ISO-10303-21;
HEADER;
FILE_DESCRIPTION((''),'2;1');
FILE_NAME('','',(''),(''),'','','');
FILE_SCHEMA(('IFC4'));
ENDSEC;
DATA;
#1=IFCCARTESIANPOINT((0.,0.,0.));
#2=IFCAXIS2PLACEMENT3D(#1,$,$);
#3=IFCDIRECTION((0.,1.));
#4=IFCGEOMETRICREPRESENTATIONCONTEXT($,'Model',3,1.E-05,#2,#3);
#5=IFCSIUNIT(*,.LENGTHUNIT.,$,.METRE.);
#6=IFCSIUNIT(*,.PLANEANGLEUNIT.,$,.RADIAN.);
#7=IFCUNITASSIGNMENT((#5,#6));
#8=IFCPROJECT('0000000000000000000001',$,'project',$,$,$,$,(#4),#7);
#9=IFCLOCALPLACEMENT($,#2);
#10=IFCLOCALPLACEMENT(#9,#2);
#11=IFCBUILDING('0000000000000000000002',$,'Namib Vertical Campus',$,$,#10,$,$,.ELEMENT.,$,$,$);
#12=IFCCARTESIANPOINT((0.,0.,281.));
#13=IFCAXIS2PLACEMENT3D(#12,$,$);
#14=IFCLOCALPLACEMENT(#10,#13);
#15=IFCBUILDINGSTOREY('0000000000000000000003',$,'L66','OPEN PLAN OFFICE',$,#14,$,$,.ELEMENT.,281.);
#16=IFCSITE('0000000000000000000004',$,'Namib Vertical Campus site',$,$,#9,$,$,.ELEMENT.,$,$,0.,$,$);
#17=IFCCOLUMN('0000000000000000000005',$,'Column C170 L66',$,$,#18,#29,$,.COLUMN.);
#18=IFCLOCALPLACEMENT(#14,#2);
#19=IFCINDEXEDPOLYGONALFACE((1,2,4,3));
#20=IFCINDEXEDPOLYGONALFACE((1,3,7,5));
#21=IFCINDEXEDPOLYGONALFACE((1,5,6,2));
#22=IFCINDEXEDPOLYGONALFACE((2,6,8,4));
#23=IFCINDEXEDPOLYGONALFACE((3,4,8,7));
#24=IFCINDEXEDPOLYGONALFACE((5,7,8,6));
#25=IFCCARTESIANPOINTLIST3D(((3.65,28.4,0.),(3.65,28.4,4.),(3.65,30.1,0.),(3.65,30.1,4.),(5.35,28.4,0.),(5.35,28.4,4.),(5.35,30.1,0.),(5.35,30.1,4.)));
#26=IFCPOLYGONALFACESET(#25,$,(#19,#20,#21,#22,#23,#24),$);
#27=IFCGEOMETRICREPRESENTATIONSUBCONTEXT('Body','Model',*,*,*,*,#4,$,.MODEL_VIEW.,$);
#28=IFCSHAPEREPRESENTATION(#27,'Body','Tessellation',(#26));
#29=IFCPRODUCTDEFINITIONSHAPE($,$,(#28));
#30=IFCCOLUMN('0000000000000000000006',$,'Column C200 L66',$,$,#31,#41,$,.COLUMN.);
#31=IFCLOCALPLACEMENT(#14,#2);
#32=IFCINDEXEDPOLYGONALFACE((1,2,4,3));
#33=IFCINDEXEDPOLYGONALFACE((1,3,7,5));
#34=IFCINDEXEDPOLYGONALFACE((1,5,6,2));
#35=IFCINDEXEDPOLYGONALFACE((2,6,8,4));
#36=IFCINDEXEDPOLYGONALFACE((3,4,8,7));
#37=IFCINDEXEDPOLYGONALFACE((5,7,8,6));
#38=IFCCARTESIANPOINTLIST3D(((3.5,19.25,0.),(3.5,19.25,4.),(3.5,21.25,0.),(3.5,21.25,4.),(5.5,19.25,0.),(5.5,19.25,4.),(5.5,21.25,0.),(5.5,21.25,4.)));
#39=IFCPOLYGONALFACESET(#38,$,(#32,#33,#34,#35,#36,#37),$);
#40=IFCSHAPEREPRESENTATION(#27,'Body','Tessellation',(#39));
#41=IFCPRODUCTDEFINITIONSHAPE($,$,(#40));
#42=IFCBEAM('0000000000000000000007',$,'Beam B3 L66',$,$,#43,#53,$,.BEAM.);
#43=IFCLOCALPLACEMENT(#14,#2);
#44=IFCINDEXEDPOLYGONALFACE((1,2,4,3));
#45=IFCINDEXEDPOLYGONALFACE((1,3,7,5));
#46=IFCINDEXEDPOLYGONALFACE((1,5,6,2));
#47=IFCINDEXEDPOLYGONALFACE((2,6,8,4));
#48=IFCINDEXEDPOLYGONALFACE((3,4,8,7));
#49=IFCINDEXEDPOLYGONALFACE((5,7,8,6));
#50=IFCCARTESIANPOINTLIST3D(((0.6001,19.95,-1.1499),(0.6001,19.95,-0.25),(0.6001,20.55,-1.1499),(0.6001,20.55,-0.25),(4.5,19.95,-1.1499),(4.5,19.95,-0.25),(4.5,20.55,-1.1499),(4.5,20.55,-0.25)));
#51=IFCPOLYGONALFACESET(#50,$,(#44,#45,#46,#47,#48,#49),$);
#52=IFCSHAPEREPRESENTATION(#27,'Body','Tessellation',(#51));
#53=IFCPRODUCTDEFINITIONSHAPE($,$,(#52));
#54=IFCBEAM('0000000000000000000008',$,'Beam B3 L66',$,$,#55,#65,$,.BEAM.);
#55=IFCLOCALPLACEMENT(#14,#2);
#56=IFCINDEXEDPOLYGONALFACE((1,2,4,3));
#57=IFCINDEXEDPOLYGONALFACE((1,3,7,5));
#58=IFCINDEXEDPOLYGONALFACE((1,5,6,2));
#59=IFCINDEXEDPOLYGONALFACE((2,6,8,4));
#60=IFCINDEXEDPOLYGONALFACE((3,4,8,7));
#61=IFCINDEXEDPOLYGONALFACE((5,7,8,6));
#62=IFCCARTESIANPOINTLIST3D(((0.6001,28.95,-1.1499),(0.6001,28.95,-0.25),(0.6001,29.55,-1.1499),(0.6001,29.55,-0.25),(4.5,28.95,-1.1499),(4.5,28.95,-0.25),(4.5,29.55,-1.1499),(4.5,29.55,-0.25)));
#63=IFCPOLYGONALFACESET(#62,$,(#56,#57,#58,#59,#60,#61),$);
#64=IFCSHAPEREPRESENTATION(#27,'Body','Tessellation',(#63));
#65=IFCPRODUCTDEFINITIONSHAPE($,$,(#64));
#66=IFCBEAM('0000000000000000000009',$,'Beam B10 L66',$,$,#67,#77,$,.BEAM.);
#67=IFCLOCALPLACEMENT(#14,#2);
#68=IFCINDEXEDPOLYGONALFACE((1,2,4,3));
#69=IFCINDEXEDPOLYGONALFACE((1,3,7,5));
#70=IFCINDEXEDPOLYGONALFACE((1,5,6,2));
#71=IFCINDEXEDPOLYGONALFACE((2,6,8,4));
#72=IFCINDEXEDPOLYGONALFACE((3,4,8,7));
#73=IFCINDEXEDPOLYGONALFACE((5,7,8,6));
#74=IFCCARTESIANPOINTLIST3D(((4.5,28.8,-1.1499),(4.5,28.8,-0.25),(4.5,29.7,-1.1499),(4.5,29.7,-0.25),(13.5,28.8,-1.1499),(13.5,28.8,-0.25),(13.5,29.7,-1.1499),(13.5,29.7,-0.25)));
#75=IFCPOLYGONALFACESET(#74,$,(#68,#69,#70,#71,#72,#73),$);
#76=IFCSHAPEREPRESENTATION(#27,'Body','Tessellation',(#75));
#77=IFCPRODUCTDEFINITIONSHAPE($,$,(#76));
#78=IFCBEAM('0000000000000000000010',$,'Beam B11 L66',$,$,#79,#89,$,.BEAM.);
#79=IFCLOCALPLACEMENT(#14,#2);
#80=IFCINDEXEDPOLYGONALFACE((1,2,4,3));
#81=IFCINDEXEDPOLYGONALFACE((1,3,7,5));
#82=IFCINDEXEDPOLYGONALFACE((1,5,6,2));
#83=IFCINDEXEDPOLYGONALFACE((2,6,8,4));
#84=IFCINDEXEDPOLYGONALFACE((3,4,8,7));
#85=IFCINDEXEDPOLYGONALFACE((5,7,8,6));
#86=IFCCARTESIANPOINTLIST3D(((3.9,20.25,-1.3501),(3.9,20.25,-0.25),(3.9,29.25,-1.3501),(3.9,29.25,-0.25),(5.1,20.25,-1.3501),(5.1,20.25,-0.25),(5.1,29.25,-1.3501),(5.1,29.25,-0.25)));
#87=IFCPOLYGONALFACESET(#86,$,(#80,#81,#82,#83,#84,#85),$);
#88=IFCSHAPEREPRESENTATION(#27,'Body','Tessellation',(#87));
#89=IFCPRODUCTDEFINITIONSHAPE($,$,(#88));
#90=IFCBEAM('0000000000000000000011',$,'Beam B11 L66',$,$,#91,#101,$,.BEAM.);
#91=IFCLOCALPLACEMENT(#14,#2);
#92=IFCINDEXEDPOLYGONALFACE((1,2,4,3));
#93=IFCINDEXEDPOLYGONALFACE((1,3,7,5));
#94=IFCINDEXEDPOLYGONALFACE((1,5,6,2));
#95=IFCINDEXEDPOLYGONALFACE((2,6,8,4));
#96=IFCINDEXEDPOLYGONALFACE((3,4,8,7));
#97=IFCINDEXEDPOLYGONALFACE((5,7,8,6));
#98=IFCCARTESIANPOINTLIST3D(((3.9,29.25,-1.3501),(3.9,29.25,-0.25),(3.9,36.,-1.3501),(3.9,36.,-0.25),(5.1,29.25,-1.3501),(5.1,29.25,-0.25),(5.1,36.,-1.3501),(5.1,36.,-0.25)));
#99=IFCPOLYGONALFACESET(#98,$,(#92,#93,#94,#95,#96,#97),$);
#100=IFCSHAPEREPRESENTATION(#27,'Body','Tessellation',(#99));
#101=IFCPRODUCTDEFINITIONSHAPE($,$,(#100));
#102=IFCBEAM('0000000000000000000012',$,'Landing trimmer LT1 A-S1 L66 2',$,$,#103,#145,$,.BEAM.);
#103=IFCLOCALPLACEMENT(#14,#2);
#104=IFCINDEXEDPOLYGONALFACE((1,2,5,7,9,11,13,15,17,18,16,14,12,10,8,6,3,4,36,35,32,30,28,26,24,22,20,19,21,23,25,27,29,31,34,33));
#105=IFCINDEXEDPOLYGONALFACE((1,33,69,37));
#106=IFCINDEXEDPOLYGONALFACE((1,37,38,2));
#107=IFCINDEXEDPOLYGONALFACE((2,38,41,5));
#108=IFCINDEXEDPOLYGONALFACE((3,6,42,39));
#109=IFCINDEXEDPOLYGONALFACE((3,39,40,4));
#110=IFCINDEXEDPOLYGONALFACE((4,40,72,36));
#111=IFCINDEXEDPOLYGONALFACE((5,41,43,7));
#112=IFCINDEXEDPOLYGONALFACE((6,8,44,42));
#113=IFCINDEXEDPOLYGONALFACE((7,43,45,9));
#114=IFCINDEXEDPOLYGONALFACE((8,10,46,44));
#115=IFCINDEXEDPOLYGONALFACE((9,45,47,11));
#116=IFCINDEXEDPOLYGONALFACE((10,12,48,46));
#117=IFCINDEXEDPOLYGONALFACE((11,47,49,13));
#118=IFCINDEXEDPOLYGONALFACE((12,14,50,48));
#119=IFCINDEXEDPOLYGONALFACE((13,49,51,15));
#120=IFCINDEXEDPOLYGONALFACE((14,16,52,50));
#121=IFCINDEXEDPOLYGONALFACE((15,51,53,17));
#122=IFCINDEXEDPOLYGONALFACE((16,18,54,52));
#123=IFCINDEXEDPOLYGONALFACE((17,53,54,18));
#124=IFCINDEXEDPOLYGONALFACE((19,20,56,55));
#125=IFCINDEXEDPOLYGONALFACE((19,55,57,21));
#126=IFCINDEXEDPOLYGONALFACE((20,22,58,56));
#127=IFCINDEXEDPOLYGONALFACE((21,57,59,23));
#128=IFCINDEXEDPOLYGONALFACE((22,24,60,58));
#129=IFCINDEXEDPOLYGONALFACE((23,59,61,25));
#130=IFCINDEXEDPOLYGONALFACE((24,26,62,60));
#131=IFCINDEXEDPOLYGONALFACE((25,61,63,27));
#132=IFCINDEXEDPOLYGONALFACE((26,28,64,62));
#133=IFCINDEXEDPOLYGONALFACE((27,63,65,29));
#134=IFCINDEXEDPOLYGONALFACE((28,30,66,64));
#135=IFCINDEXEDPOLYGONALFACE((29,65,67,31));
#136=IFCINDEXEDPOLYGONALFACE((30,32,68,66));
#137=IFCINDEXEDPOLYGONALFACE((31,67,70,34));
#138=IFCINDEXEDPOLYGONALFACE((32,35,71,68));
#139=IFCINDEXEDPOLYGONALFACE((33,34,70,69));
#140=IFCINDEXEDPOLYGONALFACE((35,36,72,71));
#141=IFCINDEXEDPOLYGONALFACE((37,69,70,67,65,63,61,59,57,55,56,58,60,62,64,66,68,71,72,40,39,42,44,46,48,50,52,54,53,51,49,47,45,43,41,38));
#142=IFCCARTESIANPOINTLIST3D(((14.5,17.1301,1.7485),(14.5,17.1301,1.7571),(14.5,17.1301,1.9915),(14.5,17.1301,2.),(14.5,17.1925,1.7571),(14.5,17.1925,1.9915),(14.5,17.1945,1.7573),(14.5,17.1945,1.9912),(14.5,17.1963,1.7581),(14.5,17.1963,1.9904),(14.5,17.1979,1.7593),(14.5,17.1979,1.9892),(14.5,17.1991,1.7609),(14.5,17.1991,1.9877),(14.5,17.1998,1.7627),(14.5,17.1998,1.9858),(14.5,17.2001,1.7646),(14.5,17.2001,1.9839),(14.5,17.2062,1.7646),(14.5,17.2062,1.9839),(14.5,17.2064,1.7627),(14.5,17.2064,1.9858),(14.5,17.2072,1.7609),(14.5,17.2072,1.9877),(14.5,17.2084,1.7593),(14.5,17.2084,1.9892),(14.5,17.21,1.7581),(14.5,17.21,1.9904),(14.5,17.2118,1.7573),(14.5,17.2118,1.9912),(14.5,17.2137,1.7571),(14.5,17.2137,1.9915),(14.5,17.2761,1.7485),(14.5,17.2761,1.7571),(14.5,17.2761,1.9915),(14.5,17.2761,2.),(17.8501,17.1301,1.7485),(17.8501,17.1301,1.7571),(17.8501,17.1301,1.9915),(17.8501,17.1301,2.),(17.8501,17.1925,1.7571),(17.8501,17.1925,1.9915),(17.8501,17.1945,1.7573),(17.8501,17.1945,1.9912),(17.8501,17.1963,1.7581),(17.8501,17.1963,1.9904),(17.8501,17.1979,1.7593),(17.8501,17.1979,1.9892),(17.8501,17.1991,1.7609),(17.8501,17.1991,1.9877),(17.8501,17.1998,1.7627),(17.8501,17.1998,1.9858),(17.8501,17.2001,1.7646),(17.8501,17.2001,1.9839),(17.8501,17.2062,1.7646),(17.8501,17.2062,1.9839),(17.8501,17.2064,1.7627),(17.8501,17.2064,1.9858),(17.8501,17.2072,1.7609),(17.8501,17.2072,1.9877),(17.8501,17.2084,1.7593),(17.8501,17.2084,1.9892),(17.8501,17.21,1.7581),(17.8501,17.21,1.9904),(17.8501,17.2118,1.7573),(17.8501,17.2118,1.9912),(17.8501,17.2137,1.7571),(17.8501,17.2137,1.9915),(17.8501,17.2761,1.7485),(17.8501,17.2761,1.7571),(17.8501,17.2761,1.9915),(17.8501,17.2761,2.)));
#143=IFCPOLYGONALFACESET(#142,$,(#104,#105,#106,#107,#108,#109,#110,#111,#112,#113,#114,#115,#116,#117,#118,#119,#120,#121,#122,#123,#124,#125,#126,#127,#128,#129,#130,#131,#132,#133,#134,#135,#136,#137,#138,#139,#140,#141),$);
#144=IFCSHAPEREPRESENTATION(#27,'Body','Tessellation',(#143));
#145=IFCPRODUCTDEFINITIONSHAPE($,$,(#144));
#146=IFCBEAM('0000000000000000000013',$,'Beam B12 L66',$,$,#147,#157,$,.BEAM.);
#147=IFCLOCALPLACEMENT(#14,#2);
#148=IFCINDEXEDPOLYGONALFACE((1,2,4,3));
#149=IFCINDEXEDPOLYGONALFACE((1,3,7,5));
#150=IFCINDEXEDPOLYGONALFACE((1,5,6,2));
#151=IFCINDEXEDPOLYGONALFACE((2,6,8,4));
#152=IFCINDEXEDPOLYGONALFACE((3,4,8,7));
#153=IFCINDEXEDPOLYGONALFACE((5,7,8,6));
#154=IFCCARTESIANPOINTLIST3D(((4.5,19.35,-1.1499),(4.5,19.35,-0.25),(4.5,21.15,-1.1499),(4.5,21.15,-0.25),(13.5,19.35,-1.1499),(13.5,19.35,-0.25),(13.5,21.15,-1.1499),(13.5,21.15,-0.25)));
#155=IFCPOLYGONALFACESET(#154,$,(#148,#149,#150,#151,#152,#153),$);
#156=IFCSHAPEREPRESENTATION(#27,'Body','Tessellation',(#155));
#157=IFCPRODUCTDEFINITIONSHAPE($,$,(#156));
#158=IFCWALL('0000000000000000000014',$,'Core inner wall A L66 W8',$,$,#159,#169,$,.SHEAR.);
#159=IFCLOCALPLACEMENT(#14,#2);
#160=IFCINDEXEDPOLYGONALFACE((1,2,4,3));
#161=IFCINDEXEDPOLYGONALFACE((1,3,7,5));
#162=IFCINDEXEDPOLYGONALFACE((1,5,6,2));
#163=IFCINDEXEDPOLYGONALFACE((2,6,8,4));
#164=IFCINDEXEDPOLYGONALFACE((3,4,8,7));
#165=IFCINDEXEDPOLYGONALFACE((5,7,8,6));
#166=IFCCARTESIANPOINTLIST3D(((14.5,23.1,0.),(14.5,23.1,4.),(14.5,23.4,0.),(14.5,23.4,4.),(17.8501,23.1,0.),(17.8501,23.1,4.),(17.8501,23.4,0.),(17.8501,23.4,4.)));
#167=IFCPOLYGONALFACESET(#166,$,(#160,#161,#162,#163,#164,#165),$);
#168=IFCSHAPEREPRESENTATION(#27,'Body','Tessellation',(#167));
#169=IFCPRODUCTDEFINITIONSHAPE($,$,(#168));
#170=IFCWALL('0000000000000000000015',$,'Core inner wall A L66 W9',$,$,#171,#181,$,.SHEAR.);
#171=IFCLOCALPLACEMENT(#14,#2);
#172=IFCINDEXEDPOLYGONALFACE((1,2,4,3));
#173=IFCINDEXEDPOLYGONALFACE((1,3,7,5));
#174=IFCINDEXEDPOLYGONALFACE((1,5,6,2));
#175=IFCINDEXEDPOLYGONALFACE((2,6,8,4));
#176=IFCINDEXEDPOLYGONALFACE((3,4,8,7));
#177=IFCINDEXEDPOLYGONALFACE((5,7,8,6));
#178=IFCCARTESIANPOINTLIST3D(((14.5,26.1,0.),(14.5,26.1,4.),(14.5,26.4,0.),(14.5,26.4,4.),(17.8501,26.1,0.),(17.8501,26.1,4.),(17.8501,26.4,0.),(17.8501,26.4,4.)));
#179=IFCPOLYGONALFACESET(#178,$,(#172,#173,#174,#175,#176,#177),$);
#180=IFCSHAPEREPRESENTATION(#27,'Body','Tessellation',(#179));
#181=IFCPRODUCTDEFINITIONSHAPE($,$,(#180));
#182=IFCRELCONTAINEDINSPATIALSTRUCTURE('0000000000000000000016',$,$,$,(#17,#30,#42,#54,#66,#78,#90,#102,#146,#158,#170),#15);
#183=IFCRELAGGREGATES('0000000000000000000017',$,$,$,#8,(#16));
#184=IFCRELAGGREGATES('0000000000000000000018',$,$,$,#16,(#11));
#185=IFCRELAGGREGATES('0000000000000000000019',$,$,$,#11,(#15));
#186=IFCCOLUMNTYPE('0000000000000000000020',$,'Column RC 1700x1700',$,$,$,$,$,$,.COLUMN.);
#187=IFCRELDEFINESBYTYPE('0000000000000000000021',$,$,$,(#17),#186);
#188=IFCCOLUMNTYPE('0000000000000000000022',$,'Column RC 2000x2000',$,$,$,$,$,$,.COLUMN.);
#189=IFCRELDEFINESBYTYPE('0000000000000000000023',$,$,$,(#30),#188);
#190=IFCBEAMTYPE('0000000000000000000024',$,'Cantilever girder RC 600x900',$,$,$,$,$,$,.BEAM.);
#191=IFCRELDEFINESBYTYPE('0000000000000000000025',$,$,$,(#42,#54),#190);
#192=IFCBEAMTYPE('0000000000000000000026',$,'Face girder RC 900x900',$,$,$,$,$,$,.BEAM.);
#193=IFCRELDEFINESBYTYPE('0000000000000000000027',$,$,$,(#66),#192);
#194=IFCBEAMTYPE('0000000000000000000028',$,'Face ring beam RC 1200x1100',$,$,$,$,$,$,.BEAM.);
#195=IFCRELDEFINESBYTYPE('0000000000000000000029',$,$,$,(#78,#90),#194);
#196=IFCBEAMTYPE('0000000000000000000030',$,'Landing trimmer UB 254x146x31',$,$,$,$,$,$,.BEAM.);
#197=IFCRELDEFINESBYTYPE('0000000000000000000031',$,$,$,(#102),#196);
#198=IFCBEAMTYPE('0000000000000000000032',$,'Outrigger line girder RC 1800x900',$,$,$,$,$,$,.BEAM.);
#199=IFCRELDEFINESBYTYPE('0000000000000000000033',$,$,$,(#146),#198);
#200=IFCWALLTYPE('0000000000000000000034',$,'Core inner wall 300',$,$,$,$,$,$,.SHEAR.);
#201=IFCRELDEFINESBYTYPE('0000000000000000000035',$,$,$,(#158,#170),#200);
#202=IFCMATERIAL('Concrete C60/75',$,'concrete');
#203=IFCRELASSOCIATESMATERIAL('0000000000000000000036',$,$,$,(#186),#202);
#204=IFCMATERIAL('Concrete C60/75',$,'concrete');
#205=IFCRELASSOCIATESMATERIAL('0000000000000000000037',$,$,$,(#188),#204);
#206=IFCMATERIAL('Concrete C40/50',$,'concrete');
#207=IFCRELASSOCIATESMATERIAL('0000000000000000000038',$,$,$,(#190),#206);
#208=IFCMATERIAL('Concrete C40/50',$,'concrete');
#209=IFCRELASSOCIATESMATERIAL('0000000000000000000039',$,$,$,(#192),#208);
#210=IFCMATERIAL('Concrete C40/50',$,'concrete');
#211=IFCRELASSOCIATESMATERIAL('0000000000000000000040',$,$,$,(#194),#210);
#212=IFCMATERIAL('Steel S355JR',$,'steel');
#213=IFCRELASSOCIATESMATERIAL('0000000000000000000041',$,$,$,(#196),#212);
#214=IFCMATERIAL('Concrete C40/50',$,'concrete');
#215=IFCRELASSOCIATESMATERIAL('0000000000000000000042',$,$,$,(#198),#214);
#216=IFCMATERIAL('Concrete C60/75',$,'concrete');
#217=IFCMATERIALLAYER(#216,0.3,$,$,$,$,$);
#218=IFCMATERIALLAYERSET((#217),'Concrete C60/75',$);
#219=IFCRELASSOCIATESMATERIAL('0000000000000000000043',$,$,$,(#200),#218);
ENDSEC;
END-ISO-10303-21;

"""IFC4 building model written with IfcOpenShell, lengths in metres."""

from ifc_helpers import new_model, si_unit, direction, frame, frame_2d, origin, origin_2d, place, context, subcontext, project, spatial, rectangle, i_section, extrude, material, layer, layer_set, material_profile, profile_set, type_object, element, save


model = new_model("IFC4")

# Units and contexts
model_context = context("Model", 3, precision=1e-05, world=origin(), true_north=direction((0.0, 1.0)))
body_context = subcontext(model_context, "Body", "Model", "MODEL_VIEW")
ifc_project = project(units=[si_unit("LENGTHUNIT", "METRE"), si_unit("PLANEANGLEUNIT", "RADIAN")], contexts=[model_context])

# Site, building, storey
site_placement = place(None, origin())
site = spatial("IfcSite", under=ifc_project, at=site_placement, Name="Namib Vertical Campus site", CompositionType="ELEMENT", RefElevation=0.0)
building_placement = place(site_placement, origin())
building = spatial("IfcBuilding", under=site, at=building_placement, Name="Namib Vertical Campus", CompositionType="ELEMENT")
storey_placement = place(building_placement, frame((0.0, 0.0, 281.0)))
storey = spatial("IfcBuildingStorey", under=building, at=storey_placement, Name="L66", Description="OPEN PLAN OFFICE", CompositionType="ELEMENT", Elevation=281.0)

# Columns
ifc_material_1 = material(Name="Concrete C60/75", Category="concrete")
ifc_material_profile_1 = material_profile(ifc_material_1, rectangle(XDim=1.7, YDim=1.7, at=origin_2d()))
ifc_profile_set_1 = profile_set([ifc_material_profile_1], Name="Concrete C60/75")
column_type_1 = type_object("IfcColumnType", Name="Column RC 1700x1700", PredefinedType="COLUMN", material=ifc_profile_set_1)
column_1_placement = place(storey_placement, frame((4.5, 29.25, 0.0), z_axis=(0.0, 0.0, 1.0), x_axis=(1.0, 0.0, 0.0)))
element("IfcColumn", 1, at=column_1_placement, inside=storey, type_object=column_type_1, Name="Column C170 L66", PredefinedType="COLUMN", context=body_context, shape_type="SweptSolid", body=[
    extrude(rectangle(XDim=1.7, YDim=1.7, at=origin_2d()), origin(), (0.0, 0.0, 1.0), 4.0),
])
ifc_material_2 = material(Name="Concrete C60/75", Category="concrete")
ifc_material_profile_2 = material_profile(ifc_material_2, rectangle(XDim=2.0, YDim=2.0, at=origin_2d()))
ifc_profile_set_2 = profile_set([ifc_material_profile_2], Name="Concrete C60/75")
column_type_2 = type_object("IfcColumnType", Name="Column RC 2000x2000", PredefinedType="COLUMN", material=ifc_profile_set_2)
column_2_placement = place(storey_placement, frame((4.5, 20.25, 0.0), z_axis=(0.0, 0.0, 1.0), x_axis=(1.0, 0.0, 0.0)))
element("IfcColumn", 2, at=column_2_placement, inside=storey, type_object=column_type_2, Name="Column C200 L66", PredefinedType="COLUMN", context=body_context, shape_type="SweptSolid", body=[
    extrude(rectangle(XDim=2.0, YDim=2.0, at=origin_2d()), origin(), (0.0, 0.0, 1.0), 4.0),
])

# Beams
ifc_material_3 = material(Name="Concrete C40/50", Category="concrete")
ifc_material_profile_3 = material_profile(ifc_material_3, rectangle(XDim=0.6001, YDim=0.8999, at=origin_2d()))
ifc_profile_set_3 = profile_set([ifc_material_profile_3], Name="Concrete C40/50")
beam_type_1 = type_object("IfcBeamType", Name="Cantilever girder RC 600x900", PredefinedType="BEAM", material=ifc_profile_set_3)
for number, where, z_axis, x_axis, name in (
    (3, (4.5, 20.25, -0.7), (-1.0, 0.0, 0.0), (0.0, -1.0, 0.0), "Beam B3 L66"),
    (4, (4.5, 29.25, -0.7), (-1.0, 0.0, 0.0), (0.0, -1.0, 0.0), "Beam B3 L66"),
):
    element("IfcBeam", number, at=place(storey_placement, frame(where, z_axis=z_axis, x_axis=x_axis)), inside=storey, type_object=beam_type_1, Name=name, PredefinedType="BEAM", context=body_context, shape_type="SweptSolid", body=[
        extrude(rectangle(XDim=0.6001, YDim=0.8999, at=origin_2d()), origin(), (0.0, 0.0, 1.0), 3.8999),
    ])
ifc_material_4 = material(Name="Concrete C40/50", Category="concrete")
ifc_material_profile_4 = material_profile(ifc_material_4, rectangle(XDim=0.8999, YDim=0.8999, at=origin_2d()))
ifc_profile_set_4 = profile_set([ifc_material_profile_4], Name="Concrete C40/50")
beam_type_2 = type_object("IfcBeamType", Name="Face girder RC 900x900", PredefinedType="BEAM", material=ifc_profile_set_4)
beam_1_placement = place(storey_placement, frame((4.5, 29.25, -0.7), z_axis=(1.0, 0.0, 0.0), x_axis=(0.0, 1.0, 0.0)))
element("IfcBeam", 5, at=beam_1_placement, inside=storey, type_object=beam_type_2, Name="Beam B10 L66", PredefinedType="BEAM", context=body_context, shape_type="SweptSolid", body=[
    extrude(rectangle(XDim=0.8999, YDim=0.8999, at=origin_2d()), origin(), (0.0, 0.0, 1.0), 9.0),
])
ifc_material_5 = material(Name="Concrete C40/50", Category="concrete")
ifc_material_profile_5 = material_profile(ifc_material_5, rectangle(XDim=1.2, YDim=1.1001, at=origin_2d()))
ifc_profile_set_5 = profile_set([ifc_material_profile_5], Name="Concrete C40/50")
beam_type_3 = type_object("IfcBeamType", Name="Face ring beam RC 1200x1100", PredefinedType="BEAM", material=ifc_profile_set_5)
beam_2_placement = place(storey_placement, frame((4.5, 20.25, -0.8), z_axis=(0.0, 1.0, 0.0), x_axis=(-1.0, 0.0, 0.0)))
element("IfcBeam", 6, at=beam_2_placement, inside=storey, type_object=beam_type_3, Name="Beam B11 L66", PredefinedType="BEAM", context=body_context, shape_type="SweptSolid", body=[
    extrude(rectangle(XDim=1.2, YDim=1.1001, at=origin_2d()), origin(), (0.0, 0.0, 1.0), 9.0),
])
beam_3_placement = place(storey_placement, frame((4.5, 29.25, -0.8), z_axis=(0.0, 1.0, 0.0), x_axis=(-1.0, 0.0, 0.0)))
element("IfcBeam", 7, at=beam_3_placement, inside=storey, type_object=beam_type_3, Name="Beam B11 L66", PredefinedType="BEAM", context=body_context, shape_type="SweptSolid", body=[
    extrude(rectangle(XDim=1.2, YDim=1.1001, at=origin_2d()), origin(), (0.0, 0.0, 1.0), 6.75),
])
ifc_material_6 = material(Name="Steel S355JR", Category="steel")
ifc_material_profile_6 = material_profile(ifc_material_6, i_section(OverallWidth=0.146, OverallDepth=0.2515, WebThickness=0.0061, FlangeThickness=0.0085, FilletRadius=0.0076, at=origin_2d()))
ifc_profile_set_6 = profile_set([ifc_material_profile_6], Name="Steel S355JR")
beam_type_4 = type_object("IfcBeamType", Name="Landing trimmer UB 254x146x31", PredefinedType="BEAM", material=ifc_profile_set_6)
beam_4_placement = place(storey_placement, frame((14.5, 17.2031, 1.8743), z_axis=(1.0, 0.0, 0.0), x_axis=(0.0, 1.0, 0.0)))
element("IfcBeam", 8, at=beam_4_placement, inside=storey, type_object=beam_type_4, Name="Landing trimmer LT1 A-S1 L66 2", PredefinedType="BEAM", context=body_context, shape_type="SweptSolid", body=[
    extrude(i_section(OverallWidth=0.146, OverallDepth=0.2515, WebThickness=0.0061, FlangeThickness=0.0085, FilletRadius=0.0076, at=origin_2d()), origin(), (0.0, 0.0, 1.0), 3.3501),
])
ifc_material_7 = material(Name="Concrete C40/50", Category="concrete")
ifc_material_profile_7 = material_profile(ifc_material_7, rectangle(XDim=1.8, YDim=0.8999, at=origin_2d()))
ifc_profile_set_7 = profile_set([ifc_material_profile_7], Name="Concrete C40/50")
beam_type_5 = type_object("IfcBeamType", Name="Outrigger line girder RC 1800x900", PredefinedType="BEAM", material=ifc_profile_set_7)
beam_5_placement = place(storey_placement, frame((4.5, 20.25, -0.7), z_axis=(1.0, 0.0, 0.0), x_axis=(0.0, 1.0, 0.0)))
element("IfcBeam", 9, at=beam_5_placement, inside=storey, type_object=beam_type_5, Name="Beam B12 L66", PredefinedType="BEAM", context=body_context, shape_type="SweptSolid", body=[
    extrude(rectangle(XDim=1.8, YDim=0.8999, at=origin_2d()), origin(), (0.0, 0.0, 1.0), 9.0),
])

# Walls
ifc_material_8 = material(Name="Concrete C60/75", Category="concrete")
ifc_layer_1 = layer(ifc_material_8, 0.3)
ifc_layer_set_1 = layer_set([ifc_layer_1], Name="Concrete C60/75")
wall_type_1 = type_object("IfcWallType", Name="Core inner wall 300", PredefinedType="SHEAR", material=ifc_layer_set_1)
for number, where, z_axis, x_axis, name in (
    (10, (14.5, 23.25, 0.0), (0.0, 0.0, 1.0), (1.0, 0.0, 0.0), "Core inner wall A L66 W8"),
    (11, (14.5, 26.25, 0.0), (0.0, 0.0, 1.0), (1.0, 0.0, 0.0), "Core inner wall A L66 W9"),
):
    element("IfcWall", number, at=place(storey_placement, frame(where, z_axis=z_axis, x_axis=x_axis)), inside=storey, type_object=wall_type_1, Name=name, PredefinedType="SHEAR", context=body_context, shape_type="SweptSolid", body=[
        extrude(rectangle(XDim=3.3501, YDim=0.3, at=frame_2d((1.675, 0.0))), origin(), (0.0, 0.0, 1.0), 4.0),
    ])

save(model, "model.ifc")
